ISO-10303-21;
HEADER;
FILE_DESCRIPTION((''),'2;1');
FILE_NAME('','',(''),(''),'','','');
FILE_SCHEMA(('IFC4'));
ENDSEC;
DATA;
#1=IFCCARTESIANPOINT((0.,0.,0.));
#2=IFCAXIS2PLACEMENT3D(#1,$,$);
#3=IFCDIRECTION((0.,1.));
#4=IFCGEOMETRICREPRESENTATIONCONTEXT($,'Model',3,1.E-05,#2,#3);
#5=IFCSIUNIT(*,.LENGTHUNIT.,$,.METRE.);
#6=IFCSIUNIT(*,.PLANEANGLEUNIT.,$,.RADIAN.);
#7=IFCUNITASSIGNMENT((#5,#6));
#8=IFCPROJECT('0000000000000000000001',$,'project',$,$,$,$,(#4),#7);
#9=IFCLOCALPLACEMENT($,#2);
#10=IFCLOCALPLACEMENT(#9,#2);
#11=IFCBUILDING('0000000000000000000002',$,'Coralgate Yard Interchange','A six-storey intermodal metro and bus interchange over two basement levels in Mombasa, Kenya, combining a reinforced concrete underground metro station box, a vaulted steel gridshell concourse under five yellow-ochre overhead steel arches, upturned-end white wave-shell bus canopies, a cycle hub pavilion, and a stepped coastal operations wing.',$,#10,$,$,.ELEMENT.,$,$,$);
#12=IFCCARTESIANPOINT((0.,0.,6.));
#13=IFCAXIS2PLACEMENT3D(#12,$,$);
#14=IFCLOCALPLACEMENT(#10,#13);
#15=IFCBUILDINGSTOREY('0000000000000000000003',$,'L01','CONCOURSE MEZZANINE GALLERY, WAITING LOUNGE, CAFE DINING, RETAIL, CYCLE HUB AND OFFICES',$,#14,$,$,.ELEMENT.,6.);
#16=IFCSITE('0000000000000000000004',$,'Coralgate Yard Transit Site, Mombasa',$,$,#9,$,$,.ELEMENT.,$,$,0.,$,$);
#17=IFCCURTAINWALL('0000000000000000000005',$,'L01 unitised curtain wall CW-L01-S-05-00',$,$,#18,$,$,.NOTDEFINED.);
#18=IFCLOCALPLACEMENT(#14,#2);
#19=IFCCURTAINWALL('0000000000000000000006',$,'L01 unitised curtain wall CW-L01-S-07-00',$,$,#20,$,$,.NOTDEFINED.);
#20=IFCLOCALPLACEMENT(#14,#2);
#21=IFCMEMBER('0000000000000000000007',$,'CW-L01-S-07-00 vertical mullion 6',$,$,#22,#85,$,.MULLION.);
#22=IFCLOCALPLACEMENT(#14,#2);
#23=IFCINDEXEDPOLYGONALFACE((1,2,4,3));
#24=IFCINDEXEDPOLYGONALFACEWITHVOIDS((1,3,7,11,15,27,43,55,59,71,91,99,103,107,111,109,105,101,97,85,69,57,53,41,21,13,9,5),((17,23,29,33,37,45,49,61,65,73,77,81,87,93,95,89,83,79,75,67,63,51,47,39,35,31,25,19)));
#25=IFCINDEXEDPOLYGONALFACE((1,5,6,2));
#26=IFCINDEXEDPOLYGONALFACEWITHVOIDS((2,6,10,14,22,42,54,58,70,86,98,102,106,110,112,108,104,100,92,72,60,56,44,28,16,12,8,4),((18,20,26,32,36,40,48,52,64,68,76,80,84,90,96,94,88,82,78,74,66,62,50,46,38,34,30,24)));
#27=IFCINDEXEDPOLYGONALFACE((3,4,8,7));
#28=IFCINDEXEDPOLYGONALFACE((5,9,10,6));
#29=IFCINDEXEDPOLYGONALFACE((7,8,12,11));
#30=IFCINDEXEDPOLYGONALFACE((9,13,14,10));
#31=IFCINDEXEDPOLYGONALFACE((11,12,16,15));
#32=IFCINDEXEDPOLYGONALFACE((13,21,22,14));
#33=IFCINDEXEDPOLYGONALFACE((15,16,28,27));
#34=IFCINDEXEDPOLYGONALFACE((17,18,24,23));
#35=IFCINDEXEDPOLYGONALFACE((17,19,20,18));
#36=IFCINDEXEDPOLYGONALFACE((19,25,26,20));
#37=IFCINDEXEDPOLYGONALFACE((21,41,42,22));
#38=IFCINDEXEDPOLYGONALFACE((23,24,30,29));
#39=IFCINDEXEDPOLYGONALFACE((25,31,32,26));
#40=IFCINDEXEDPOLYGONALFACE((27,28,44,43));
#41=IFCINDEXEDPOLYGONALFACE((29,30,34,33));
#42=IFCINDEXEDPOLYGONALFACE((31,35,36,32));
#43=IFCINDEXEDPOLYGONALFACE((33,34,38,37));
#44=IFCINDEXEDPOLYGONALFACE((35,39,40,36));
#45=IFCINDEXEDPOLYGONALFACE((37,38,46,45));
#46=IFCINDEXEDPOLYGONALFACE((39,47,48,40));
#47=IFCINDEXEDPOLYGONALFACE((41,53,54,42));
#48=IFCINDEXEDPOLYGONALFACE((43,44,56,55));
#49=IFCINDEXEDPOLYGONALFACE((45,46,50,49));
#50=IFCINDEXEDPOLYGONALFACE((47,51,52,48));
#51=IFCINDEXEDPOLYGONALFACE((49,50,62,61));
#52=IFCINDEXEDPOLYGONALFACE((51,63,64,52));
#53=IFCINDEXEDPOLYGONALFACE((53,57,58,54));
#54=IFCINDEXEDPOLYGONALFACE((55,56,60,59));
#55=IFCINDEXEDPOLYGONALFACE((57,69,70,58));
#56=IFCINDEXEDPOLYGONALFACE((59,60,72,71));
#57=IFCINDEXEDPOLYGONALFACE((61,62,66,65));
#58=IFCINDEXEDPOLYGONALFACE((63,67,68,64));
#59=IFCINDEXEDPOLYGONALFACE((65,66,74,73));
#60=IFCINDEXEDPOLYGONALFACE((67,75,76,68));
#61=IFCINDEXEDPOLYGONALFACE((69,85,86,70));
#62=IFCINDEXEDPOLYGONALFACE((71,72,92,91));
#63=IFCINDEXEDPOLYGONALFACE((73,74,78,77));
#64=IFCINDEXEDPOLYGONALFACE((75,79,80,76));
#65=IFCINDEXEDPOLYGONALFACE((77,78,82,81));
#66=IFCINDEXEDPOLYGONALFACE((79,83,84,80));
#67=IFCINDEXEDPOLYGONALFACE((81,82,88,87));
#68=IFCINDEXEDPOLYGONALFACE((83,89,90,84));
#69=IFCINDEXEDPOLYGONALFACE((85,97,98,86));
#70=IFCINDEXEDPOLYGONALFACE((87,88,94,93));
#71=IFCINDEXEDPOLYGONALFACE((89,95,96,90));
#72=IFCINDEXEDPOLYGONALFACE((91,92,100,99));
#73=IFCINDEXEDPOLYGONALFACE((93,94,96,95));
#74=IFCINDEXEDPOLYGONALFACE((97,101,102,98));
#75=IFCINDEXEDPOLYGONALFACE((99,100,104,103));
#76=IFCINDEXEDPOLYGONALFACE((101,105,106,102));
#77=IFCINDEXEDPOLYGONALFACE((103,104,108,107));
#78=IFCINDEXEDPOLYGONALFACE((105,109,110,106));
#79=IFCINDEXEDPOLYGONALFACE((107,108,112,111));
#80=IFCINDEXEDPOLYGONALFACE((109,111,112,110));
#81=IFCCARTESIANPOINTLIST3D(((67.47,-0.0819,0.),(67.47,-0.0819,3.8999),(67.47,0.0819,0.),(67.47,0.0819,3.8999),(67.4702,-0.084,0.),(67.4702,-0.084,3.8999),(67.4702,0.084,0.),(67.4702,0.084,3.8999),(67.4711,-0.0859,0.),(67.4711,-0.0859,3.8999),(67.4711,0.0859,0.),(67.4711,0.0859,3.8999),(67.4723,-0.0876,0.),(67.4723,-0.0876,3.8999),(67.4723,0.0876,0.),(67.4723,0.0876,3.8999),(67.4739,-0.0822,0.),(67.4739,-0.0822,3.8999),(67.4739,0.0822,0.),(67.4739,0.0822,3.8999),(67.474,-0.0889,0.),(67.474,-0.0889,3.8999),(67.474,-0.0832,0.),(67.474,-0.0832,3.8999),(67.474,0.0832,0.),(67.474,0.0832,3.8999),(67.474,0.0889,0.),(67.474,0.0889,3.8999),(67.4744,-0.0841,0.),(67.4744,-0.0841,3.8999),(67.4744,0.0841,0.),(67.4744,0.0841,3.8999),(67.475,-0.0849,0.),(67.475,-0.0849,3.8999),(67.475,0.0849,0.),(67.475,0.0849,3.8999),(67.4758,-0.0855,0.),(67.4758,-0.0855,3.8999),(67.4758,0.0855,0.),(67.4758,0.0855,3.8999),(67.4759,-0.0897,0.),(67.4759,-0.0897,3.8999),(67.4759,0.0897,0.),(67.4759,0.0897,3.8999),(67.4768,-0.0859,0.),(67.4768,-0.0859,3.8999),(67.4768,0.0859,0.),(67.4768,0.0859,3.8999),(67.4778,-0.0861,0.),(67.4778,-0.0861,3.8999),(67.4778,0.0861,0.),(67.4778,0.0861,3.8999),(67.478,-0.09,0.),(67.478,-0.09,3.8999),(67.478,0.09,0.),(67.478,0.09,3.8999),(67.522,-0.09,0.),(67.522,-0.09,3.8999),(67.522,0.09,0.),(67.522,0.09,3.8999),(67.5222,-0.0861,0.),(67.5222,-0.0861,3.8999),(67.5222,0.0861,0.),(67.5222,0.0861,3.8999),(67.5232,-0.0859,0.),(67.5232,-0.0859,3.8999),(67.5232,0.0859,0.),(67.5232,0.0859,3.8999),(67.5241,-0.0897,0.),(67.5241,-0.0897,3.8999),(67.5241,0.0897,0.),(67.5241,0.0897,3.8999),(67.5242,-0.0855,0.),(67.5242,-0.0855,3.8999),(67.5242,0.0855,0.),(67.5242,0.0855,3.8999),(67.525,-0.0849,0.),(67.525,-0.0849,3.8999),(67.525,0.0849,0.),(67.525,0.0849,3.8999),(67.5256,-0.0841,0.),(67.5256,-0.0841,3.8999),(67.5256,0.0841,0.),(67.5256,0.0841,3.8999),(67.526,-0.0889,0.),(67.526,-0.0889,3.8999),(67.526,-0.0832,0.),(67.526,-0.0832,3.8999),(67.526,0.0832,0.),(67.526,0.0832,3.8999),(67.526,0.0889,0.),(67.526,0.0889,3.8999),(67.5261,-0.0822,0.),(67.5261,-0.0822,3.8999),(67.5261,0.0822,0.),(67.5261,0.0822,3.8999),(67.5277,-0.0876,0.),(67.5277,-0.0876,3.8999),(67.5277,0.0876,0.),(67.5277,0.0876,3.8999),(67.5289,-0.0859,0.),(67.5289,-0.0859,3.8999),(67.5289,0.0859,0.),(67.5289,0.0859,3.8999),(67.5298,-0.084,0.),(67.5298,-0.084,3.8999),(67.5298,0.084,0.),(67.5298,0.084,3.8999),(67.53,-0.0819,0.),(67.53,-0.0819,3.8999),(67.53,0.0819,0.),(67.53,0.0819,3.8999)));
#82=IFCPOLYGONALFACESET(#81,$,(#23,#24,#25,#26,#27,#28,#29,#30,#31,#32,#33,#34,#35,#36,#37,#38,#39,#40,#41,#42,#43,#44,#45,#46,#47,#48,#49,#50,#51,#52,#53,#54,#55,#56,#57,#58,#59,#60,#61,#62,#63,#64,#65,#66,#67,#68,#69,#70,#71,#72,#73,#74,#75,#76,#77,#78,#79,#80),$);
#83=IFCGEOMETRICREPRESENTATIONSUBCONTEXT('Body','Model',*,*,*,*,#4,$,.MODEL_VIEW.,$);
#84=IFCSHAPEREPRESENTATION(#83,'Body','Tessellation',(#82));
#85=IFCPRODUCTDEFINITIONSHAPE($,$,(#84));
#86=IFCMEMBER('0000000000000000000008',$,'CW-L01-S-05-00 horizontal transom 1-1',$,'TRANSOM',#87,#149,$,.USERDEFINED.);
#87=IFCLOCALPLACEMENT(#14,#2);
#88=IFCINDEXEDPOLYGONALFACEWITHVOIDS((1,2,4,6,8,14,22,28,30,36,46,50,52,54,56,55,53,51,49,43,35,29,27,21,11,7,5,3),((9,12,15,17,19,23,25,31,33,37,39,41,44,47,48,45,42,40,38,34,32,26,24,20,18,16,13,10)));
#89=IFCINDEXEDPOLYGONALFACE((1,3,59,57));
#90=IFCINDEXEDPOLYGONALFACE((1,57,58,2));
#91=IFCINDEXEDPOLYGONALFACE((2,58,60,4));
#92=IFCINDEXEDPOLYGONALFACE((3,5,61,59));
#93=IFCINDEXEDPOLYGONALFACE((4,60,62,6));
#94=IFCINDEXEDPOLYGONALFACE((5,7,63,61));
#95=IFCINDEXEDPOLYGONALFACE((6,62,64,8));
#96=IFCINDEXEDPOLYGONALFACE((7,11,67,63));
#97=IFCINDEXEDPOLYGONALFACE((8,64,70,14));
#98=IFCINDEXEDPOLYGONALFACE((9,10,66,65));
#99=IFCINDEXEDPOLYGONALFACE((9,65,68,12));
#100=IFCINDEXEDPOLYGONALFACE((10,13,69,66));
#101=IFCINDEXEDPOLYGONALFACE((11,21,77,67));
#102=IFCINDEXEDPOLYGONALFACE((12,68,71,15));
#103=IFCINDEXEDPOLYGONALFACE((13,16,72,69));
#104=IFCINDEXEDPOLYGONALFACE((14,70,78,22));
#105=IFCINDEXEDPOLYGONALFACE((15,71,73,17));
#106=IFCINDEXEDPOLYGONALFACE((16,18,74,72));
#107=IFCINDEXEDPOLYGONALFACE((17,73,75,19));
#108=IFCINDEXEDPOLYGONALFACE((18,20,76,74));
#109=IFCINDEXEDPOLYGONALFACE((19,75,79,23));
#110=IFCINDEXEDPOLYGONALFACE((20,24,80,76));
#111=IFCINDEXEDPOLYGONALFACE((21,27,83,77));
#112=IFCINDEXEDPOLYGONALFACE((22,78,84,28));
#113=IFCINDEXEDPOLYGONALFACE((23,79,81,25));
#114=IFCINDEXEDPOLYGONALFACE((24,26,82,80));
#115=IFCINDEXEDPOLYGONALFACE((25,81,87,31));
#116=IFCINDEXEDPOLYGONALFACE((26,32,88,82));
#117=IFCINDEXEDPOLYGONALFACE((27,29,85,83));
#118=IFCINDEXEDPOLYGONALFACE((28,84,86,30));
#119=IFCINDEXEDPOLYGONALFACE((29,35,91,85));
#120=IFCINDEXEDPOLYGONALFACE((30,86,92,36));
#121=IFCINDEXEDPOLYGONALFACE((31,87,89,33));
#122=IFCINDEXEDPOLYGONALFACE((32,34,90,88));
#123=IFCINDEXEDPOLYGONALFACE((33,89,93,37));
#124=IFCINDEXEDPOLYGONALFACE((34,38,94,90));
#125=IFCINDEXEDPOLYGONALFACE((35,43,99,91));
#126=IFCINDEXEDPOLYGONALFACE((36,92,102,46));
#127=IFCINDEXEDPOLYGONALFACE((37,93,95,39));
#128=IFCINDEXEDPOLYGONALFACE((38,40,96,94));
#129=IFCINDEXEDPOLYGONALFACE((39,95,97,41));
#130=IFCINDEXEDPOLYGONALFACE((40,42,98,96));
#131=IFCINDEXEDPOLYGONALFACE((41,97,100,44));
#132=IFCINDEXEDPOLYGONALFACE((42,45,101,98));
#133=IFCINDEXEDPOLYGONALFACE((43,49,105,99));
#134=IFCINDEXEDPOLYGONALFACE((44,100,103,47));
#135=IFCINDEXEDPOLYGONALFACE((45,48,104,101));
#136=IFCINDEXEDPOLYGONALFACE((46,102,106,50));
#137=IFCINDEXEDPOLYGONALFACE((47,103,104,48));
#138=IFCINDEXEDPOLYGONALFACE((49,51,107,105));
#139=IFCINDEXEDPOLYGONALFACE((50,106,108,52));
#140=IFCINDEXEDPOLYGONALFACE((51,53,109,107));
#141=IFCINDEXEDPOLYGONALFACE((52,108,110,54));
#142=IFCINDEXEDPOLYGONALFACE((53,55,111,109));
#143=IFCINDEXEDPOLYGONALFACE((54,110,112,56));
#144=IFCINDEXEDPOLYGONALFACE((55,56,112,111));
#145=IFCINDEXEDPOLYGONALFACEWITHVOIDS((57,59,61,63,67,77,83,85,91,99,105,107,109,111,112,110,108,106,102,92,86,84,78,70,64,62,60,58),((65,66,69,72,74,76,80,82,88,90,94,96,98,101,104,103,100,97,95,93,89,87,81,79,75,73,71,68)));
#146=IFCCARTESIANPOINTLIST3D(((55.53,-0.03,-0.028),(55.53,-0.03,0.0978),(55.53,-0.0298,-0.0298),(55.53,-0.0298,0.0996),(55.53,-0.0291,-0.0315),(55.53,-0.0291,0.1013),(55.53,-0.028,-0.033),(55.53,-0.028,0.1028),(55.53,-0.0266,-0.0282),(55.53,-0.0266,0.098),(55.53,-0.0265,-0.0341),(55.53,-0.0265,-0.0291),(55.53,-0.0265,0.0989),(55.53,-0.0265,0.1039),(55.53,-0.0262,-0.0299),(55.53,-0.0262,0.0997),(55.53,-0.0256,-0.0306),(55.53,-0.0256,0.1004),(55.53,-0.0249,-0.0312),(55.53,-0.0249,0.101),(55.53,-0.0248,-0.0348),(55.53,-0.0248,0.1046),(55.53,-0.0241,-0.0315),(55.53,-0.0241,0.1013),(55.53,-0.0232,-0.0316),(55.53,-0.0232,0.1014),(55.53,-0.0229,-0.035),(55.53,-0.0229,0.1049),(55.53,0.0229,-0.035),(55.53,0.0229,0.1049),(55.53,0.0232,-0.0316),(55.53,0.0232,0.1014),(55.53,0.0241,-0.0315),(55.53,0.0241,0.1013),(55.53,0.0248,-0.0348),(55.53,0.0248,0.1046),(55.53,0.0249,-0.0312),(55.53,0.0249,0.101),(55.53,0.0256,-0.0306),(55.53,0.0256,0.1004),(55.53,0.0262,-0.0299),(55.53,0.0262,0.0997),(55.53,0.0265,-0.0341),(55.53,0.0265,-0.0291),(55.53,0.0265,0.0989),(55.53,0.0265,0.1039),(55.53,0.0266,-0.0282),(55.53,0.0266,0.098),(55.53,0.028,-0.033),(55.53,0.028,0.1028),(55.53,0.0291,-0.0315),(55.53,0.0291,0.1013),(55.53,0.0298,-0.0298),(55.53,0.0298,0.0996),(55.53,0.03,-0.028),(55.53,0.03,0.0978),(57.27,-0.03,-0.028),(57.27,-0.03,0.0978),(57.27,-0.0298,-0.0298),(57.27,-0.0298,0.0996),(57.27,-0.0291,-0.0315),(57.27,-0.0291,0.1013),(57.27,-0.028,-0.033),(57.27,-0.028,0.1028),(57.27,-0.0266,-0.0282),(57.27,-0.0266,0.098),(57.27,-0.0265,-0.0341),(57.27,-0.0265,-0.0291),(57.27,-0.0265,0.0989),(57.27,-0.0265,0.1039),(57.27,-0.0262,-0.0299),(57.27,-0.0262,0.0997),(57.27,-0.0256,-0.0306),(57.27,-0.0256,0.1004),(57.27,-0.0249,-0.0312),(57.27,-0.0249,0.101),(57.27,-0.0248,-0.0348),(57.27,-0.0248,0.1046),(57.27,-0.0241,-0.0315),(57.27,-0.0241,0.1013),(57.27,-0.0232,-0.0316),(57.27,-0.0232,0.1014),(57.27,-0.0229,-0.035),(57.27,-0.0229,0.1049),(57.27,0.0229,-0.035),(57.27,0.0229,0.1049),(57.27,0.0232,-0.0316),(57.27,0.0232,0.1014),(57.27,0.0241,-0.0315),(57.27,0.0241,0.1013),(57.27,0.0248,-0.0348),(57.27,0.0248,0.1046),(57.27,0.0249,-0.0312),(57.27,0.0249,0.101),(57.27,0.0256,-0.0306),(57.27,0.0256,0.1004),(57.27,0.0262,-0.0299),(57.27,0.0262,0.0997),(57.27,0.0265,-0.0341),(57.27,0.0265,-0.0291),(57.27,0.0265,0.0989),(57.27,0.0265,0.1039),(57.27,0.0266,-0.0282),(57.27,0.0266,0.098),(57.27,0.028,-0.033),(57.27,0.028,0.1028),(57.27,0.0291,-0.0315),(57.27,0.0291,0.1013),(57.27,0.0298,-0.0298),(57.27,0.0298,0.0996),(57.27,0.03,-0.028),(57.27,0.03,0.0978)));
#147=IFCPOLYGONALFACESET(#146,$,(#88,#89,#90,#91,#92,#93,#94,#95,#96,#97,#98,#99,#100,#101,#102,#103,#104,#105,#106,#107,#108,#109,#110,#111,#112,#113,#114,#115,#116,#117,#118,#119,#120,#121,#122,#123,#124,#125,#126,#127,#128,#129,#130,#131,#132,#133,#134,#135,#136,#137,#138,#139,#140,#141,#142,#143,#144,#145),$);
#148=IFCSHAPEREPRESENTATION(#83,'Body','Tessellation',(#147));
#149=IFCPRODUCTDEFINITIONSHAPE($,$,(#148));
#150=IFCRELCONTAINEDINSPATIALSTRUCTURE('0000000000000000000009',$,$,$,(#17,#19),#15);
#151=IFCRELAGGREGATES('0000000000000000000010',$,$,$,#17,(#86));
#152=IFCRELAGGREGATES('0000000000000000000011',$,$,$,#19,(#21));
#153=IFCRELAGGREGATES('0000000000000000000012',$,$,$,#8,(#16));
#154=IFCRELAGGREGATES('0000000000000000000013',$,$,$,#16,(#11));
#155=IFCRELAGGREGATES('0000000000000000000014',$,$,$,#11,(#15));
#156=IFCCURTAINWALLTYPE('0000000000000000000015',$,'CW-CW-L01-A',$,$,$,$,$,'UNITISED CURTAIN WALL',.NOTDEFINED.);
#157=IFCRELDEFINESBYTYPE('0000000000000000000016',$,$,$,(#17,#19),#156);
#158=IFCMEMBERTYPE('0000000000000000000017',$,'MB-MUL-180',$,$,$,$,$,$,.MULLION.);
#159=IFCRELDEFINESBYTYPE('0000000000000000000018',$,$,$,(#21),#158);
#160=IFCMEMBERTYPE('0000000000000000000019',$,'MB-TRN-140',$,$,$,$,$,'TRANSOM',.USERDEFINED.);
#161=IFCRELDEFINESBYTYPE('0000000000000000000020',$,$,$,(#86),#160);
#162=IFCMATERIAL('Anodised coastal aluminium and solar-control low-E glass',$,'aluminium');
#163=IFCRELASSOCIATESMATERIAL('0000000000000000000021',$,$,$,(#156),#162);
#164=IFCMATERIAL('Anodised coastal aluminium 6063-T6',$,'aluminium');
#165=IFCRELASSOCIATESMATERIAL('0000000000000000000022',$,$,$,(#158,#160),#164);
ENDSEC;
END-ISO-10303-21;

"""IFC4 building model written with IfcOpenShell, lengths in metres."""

from ifc_helpers import new_model, si_unit, direction, frame, origin, origin_2d, place, context, subcontext, project, spatial, hollow_rectangle, extrude, material, material_profile, profile_set, type_object, element, aggregate, save


model = new_model("IFC4")

# Units and contexts
model_context = context("Model", 3, precision=1e-05, world=origin(), true_north=direction((0.0, 1.0)))
body_context = subcontext(model_context, "Body", "Model", "MODEL_VIEW")
ifc_project = project(units=[si_unit("LENGTHUNIT", "METRE"), si_unit("PLANEANGLEUNIT", "RADIAN")], contexts=[model_context])

# Site, building, storey
site_placement = place(None, origin())
site = spatial("IfcSite", under=ifc_project, at=site_placement, Name="Coralgate Yard Transit Site, Mombasa", CompositionType="ELEMENT", RefElevation=0.0)
building_placement = place(site_placement, origin())
building = spatial("IfcBuilding", under=site, at=building_placement, Name="Coralgate Yard Interchange", Description="A six-storey intermodal metro and bus interchange over two basement levels in Mombasa, Kenya, combining a reinforced concrete underground metro station box, a vaulted steel gridshell concourse under five yellow-ochre overhead steel arches, upturned-end white wave-shell bus canopies, a cycle hub pavilion, and a stepped coastal operations wing.", CompositionType="ELEMENT")
storey_placement = place(building_placement, frame((0.0, 0.0, 6.0)))
storey = spatial("IfcBuildingStorey", under=building, at=storey_placement, Name="L01", Description="CONCOURSE MEZZANINE GALLERY, WAITING LOUNGE, CAFE DINING, RETAIL, CYCLE HUB AND OFFICES", CompositionType="ELEMENT", Elevation=6.0)

# Curtain wall
ifc_material_1 = material(Name="Anodised coastal aluminium and solar-control low-E glass", Category="aluminium")
curtain_wall_type = type_object("IfcCurtainWallType", Name="CW-CW-L01-A", ElementType="UNITISED CURTAIN WALL", PredefinedType="NOTDEFINED", material=ifc_material_1)
curtain_wall_1_placement = place(storey_placement, origin())
curtain_wall_1 = element("IfcCurtainWall", 1, at=curtain_wall_1_placement, inside=storey, type_object=curtain_wall_type, Name="L01 unitised curtain wall CW-L01-S-05-00", PredefinedType="NOTDEFINED")
ifc_material_2 = material(Name="Anodised coastal aluminium 6063-T6", Category="aluminium")
ifc_material_profile_1 = material_profile(ifc_material_2, hollow_rectangle(XDim=0.0601, YDim=0.1799, WallThickness=0.0039, InnerFilletRadius=0.0039, OuterFilletRadius=0.0081, at=origin_2d()), Name="ALU 60x180x4")
ifc_profile_set_1 = profile_set([ifc_material_profile_1], Name="Anodised coastal aluminium 6063-T6")
member_type_1 = type_object("IfcMemberType", Name="MB-MUL-180", PredefinedType="MULLION", material=ifc_profile_set_1)

# Curtain wall, member
curtain_wall_2_placement = place(storey_placement, origin())
curtain_wall_2 = element("IfcCurtainWall", 2, at=curtain_wall_2_placement, inside=storey, type_object=curtain_wall_type, Name="L01 unitised curtain wall CW-L01-S-07-00", PredefinedType="NOTDEFINED")
member_1_placement = place(storey_placement, frame((67.5, 0.0, 0.0), z_axis=(0.0, 0.0, 1.0), x_axis=(1.0, 0.0, 0.0)))
member_1 = element("IfcMember", 3, at=member_1_placement, type_object=member_type_1, Name="CW-L01-S-07-00 vertical mullion 6", PredefinedType="MULLION", context=body_context, shape_type="SweptSolid", body=[
    extrude(hollow_rectangle(XDim=0.0601, YDim=0.1799, WallThickness=0.0039, InnerFilletRadius=0.0039, OuterFilletRadius=0.0081, at=origin_2d()), origin(), (0.0, 0.0, 1.0), 3.8999),
])

# Member
ifc_material_profile_2 = material_profile(ifc_material_2, hollow_rectangle(XDim=0.0601, YDim=0.1399, WallThickness=0.0034, InnerFilletRadius=0.0034, OuterFilletRadius=0.0071, at=origin_2d()), Name="ALU 60x140x3.5")
ifc_profile_set_2 = profile_set([ifc_material_profile_2], Name="Anodised coastal aluminium 6063-T6")
member_type_2 = type_object("IfcMemberType", Name="MB-TRN-140", ElementType="TRANSOM", PredefinedType="USERDEFINED", material=ifc_profile_set_2)
member_2_placement = place(storey_placement, frame((57.27, 0.0, 0.0349), z_axis=(-1.0, 0.0, 0.0), x_axis=(0.0, -1.0, 0.0)))
member_2 = element("IfcMember", 4, at=member_2_placement, type_object=member_type_2, Name="CW-L01-S-05-00 horizontal transom 1-1", ObjectType="TRANSOM", PredefinedType="USERDEFINED", context=body_context, shape_type="SweptSolid", body=[
    extrude(hollow_rectangle(XDim=0.0601, YDim=0.1399, WallThickness=0.0034, InnerFilletRadius=0.0034, OuterFilletRadius=0.0071, at=origin_2d()), origin(), (0.0, 0.0, 1.0), 1.74),
])
aggregate(curtain_wall_1, [member_2])

aggregate(curtain_wall_2, [member_1])

save(model, "model.ifc")
